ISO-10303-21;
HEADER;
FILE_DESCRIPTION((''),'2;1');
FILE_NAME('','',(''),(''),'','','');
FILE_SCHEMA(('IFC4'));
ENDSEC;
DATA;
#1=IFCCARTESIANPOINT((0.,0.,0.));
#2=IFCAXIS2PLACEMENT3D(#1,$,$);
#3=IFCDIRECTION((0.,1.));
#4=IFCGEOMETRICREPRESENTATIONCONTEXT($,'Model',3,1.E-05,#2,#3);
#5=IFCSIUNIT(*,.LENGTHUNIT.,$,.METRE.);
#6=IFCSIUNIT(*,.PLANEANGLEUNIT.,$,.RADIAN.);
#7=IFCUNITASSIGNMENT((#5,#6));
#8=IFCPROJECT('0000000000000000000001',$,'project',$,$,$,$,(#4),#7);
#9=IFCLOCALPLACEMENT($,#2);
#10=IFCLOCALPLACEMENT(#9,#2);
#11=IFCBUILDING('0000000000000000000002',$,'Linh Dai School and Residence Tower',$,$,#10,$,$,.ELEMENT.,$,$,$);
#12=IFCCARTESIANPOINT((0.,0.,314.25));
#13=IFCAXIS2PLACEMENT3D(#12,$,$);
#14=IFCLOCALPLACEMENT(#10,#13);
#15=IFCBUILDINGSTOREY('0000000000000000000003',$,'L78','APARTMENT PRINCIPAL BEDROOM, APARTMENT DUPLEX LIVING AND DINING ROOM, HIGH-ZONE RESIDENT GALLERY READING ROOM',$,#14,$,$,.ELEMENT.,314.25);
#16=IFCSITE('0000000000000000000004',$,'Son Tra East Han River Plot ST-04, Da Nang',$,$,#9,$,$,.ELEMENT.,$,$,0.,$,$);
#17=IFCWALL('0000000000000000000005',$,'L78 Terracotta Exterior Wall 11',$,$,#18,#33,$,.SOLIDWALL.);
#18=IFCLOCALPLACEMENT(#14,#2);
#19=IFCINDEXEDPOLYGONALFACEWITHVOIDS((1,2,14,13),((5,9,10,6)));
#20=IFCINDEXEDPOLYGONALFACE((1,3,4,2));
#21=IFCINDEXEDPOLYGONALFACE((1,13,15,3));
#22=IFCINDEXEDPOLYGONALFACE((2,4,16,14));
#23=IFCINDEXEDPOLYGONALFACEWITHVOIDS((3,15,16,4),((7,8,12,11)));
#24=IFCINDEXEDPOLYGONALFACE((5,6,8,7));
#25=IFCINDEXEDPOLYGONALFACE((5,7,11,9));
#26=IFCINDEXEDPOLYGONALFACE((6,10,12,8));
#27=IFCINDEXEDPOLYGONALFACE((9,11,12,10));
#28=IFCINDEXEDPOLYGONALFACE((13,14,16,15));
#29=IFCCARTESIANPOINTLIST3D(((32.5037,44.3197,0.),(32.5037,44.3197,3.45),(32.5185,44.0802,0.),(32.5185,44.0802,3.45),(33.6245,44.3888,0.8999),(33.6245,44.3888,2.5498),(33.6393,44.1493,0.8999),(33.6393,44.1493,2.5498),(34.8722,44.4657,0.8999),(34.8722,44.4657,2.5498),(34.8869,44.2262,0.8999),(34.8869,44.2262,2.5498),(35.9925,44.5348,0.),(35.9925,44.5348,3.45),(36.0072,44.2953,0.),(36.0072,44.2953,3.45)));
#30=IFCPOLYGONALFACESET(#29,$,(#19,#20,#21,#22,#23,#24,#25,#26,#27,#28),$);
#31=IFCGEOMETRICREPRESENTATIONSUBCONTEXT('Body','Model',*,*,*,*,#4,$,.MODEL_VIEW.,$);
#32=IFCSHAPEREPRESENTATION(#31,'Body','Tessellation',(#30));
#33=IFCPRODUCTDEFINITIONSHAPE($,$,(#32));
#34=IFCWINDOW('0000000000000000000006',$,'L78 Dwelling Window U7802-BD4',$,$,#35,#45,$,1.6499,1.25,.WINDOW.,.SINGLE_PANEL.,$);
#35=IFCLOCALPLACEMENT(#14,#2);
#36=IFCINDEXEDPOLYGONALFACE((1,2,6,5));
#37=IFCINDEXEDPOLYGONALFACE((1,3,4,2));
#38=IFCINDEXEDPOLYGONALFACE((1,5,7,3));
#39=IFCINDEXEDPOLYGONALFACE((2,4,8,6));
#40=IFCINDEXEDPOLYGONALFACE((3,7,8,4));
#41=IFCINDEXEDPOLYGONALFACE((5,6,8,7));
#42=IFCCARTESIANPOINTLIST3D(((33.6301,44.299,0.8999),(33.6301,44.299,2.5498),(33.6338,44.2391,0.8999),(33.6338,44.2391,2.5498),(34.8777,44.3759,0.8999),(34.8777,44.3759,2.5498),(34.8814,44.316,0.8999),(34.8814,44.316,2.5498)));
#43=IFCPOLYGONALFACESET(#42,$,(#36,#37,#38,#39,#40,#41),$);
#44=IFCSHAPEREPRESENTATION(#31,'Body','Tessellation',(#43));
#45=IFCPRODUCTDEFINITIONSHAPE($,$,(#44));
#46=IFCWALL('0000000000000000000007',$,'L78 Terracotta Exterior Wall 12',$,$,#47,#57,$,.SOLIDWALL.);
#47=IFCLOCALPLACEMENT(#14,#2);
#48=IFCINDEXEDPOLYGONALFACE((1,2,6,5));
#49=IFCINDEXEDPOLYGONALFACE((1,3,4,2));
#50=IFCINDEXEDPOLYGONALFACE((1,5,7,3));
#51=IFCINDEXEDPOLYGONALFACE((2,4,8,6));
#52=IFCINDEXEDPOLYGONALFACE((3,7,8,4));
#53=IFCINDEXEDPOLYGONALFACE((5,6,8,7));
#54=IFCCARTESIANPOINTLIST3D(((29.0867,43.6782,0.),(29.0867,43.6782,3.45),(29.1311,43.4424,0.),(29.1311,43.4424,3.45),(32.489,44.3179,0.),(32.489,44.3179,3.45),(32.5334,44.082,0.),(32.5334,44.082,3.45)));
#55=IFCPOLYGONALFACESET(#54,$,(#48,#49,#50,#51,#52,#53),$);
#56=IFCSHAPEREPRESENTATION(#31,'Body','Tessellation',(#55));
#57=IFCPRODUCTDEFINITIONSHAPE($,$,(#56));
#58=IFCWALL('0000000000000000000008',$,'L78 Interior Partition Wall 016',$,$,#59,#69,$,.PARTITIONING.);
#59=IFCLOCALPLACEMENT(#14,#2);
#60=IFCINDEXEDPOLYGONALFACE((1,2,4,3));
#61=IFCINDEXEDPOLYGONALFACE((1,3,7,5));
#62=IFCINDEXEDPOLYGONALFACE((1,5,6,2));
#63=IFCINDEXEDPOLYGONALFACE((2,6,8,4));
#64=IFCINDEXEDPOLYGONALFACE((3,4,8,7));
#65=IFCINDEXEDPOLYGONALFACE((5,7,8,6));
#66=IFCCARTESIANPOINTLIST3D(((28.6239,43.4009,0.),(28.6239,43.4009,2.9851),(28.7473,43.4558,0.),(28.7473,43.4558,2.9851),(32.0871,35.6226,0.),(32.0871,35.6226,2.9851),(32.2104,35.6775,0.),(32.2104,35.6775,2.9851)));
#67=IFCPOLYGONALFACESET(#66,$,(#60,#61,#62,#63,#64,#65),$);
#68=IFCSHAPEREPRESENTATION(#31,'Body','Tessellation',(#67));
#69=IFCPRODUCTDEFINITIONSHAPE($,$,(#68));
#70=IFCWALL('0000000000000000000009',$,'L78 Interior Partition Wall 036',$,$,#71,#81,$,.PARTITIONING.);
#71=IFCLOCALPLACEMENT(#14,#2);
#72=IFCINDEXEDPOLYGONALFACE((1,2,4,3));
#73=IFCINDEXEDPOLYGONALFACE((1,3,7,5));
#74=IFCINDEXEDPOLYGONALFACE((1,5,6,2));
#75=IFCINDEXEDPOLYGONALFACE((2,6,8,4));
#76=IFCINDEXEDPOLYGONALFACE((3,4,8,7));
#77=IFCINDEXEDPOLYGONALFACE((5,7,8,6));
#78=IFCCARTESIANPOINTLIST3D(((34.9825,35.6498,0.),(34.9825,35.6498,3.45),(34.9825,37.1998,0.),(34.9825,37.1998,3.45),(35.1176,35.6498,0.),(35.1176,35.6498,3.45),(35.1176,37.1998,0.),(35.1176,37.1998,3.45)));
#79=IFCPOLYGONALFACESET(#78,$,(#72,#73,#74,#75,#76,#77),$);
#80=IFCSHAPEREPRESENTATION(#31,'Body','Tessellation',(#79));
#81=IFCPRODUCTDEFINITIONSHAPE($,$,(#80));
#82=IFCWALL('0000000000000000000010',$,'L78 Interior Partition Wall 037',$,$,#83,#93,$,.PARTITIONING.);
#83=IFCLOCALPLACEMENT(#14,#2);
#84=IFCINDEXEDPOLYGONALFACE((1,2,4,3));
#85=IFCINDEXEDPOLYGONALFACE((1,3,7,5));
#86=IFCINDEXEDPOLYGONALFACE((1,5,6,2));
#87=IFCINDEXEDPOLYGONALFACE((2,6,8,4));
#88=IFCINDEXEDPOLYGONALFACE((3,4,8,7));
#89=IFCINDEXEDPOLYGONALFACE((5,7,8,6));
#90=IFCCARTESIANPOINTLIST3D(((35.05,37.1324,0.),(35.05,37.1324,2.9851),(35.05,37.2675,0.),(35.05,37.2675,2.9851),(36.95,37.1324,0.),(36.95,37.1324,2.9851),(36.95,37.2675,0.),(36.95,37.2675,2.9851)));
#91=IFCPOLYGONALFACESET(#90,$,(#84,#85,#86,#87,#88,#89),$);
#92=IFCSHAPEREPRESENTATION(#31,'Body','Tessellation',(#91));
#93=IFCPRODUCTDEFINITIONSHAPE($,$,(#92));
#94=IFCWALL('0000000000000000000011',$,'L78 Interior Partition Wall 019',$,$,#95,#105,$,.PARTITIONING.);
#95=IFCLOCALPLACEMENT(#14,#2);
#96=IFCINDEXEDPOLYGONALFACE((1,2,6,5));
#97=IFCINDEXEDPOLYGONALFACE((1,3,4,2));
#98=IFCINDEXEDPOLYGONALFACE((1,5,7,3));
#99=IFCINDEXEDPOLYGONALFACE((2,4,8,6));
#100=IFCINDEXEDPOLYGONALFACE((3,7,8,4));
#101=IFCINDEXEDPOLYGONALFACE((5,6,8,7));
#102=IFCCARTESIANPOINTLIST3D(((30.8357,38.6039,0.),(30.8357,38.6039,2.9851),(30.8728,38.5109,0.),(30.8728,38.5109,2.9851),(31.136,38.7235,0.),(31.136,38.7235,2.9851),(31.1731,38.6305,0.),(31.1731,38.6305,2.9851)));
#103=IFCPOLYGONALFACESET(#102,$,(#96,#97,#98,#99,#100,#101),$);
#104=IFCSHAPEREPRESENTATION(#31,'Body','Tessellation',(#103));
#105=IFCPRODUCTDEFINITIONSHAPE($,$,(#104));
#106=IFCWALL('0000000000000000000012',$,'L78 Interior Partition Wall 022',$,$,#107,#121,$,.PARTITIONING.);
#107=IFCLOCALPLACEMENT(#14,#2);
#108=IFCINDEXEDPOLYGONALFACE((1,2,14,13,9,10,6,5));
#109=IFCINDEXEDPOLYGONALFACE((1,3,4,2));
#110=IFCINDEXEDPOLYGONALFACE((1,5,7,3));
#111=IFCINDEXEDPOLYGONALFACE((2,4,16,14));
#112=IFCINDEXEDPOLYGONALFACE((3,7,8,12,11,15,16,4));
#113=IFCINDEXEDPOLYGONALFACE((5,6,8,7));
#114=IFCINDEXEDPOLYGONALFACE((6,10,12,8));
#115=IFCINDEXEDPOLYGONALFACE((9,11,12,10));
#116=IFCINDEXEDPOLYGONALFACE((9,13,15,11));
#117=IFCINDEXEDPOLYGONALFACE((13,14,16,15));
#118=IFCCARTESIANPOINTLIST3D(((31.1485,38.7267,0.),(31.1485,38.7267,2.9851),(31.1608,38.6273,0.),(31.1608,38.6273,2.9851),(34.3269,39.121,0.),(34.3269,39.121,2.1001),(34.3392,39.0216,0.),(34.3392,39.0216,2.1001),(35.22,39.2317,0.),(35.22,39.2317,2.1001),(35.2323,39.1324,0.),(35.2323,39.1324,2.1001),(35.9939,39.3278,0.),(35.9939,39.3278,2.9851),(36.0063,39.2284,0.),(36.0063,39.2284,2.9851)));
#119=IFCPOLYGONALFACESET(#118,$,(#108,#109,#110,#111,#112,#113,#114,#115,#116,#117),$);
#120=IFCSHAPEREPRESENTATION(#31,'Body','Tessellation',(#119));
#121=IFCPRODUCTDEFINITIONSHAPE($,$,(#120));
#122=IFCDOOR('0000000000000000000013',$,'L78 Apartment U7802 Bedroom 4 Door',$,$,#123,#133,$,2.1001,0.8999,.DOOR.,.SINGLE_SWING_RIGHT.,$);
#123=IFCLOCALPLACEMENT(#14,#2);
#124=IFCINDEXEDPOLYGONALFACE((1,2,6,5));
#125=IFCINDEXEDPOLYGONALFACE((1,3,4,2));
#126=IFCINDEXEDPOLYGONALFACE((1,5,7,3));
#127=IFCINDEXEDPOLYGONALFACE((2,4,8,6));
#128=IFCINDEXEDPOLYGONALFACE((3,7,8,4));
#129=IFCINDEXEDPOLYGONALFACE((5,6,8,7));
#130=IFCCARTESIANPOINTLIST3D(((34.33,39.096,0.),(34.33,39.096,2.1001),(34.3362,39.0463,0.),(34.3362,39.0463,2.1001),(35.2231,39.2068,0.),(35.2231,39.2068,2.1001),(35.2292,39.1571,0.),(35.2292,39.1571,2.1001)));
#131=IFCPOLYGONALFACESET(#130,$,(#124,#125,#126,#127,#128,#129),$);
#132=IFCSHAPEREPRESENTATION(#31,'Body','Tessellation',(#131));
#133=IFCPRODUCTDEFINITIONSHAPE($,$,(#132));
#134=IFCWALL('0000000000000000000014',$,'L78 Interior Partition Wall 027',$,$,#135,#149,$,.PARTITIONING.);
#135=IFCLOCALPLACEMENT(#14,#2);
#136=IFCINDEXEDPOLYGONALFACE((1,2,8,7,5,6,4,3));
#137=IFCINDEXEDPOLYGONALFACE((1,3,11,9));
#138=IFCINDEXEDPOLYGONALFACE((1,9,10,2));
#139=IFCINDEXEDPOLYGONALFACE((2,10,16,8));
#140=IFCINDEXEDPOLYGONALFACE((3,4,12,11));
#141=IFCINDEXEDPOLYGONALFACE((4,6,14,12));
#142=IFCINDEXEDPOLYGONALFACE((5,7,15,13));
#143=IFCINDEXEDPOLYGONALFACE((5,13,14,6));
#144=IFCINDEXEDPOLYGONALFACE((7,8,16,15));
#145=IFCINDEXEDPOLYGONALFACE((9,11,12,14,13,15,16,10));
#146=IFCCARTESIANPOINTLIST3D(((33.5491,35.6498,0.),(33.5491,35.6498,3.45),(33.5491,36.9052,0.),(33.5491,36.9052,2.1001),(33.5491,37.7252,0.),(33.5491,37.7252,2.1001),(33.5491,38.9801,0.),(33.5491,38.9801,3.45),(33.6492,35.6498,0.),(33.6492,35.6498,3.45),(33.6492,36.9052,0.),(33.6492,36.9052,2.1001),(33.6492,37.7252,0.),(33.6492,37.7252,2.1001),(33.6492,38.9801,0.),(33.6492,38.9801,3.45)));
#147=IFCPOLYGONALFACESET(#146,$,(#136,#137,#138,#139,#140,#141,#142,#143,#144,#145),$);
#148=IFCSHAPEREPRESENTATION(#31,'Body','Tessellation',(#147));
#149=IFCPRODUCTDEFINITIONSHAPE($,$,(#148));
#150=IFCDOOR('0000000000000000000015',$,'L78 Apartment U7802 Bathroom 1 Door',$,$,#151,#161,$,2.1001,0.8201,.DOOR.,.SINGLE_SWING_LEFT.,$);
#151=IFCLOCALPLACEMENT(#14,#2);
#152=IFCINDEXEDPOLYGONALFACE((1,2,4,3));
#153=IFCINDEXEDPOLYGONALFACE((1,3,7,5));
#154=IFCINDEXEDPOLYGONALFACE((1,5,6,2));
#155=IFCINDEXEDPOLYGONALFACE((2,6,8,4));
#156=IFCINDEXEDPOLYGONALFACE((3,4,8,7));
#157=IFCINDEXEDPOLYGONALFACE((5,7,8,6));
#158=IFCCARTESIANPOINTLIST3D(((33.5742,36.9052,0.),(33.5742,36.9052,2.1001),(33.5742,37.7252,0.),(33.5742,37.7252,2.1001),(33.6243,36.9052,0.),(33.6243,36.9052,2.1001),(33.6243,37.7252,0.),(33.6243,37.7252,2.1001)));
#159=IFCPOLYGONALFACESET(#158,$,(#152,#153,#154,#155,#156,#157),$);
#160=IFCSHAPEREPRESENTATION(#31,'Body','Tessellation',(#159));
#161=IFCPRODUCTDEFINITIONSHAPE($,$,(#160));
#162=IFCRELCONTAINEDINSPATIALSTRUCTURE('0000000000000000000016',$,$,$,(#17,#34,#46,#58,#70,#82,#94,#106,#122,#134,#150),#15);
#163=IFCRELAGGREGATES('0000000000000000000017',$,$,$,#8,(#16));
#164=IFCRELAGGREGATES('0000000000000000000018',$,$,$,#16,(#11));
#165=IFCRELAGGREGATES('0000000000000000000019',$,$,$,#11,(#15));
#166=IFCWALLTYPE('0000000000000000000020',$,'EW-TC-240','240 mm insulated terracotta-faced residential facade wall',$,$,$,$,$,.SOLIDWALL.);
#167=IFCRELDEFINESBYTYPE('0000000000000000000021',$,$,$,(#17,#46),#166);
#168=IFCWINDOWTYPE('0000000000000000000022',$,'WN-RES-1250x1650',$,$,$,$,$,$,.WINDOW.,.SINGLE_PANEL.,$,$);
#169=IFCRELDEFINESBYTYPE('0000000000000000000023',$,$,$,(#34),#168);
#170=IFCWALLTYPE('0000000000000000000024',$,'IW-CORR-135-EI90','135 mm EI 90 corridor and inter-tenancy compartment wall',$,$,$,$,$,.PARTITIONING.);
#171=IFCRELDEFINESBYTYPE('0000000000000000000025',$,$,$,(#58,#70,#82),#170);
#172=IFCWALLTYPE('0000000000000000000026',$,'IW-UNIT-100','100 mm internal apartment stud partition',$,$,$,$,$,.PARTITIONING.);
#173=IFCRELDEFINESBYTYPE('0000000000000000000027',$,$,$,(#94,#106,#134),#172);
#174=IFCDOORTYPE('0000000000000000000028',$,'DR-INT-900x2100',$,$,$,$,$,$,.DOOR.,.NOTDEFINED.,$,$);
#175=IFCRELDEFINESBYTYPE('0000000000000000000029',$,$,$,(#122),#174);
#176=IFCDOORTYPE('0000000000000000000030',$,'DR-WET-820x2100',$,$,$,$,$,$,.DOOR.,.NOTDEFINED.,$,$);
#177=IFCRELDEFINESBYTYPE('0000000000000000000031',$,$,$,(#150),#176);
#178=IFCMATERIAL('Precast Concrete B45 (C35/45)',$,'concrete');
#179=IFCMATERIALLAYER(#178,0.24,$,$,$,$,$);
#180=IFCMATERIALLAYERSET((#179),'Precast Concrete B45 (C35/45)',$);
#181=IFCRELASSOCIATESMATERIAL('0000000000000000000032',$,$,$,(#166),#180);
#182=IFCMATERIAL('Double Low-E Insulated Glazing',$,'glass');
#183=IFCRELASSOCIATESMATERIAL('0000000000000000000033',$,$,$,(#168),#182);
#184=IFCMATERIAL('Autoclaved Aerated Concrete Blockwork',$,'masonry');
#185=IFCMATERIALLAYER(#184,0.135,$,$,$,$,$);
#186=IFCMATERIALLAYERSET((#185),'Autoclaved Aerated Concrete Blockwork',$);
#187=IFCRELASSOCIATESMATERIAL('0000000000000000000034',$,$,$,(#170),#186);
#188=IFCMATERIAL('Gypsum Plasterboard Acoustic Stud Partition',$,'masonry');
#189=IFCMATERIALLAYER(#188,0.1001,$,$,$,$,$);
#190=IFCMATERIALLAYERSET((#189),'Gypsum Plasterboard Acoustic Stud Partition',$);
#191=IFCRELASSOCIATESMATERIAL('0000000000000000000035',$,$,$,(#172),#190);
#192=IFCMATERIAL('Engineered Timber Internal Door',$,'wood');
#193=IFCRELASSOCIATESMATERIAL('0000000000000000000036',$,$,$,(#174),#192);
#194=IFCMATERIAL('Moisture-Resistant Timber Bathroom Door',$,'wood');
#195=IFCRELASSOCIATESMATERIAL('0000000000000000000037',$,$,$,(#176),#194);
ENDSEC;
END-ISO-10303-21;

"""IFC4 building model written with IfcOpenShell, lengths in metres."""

from ifc_helpers import new_model, si_unit, direction, frame, frame_2d, origin, origin_2d, place, context, subcontext, project, spatial, rectangle, extrude, source, transform, mapped, material, layer, layer_set, type_object, element, fill, save


model = new_model("IFC4")

# Units and contexts
model_context = context("Model", 3, precision=1e-05, world=origin(), true_north=direction((0.0, 1.0)))
body_context = subcontext(model_context, "Body", "Model", "MODEL_VIEW")
ifc_project = project(units=[si_unit("LENGTHUNIT", "METRE"), si_unit("PLANEANGLEUNIT", "RADIAN")], contexts=[model_context])

# Site, building, storey
site_placement = place(None, origin())
site = spatial("IfcSite", under=ifc_project, at=site_placement, Name="Son Tra East Han River Plot ST-04, Da Nang", CompositionType="ELEMENT", RefElevation=0.0)
building_placement = place(site_placement, origin())
building = spatial("IfcBuilding", under=site, at=building_placement, Name="Linh Dai School and Residence Tower", CompositionType="ELEMENT")
storey_placement = place(building_placement, frame((0.0, 0.0, 314.25)))
storey = spatial("IfcBuildingStorey", under=building, at=storey_placement, Name="L78", Description="APARTMENT PRINCIPAL BEDROOM, APARTMENT DUPLEX LIVING AND DINING ROOM, HIGH-ZONE RESIDENT GALLERY READING ROOM", CompositionType="ELEMENT", Elevation=314.25)

# Wall, opening, window
ifc_material_1 = material(Name="Precast Concrete B45 (C35/45)", Category="concrete")
ifc_layer_1 = layer(ifc_material_1, 0.24)
ifc_layer_set_1 = layer_set([ifc_layer_1], Name="Precast Concrete B45 (C35/45)")
wall_type_1 = type_object("IfcWallType", Name="EW-TC-240", Description="240 mm insulated terracotta-faced residential facade wall", PredefinedType="SOLIDWALL", material=ifc_layer_set_1)
wall_1_placement = place(storey_placement, frame((32.5112, 44.2, 0.0), z_axis=(0.0, 0.0, 1.0), x_axis=(0.998105, 0.061535, 0.0)))
wall_1 = element("IfcWall", 1, at=wall_1_placement, inside=storey, type_object=wall_type_1, Name="L78 Terracotta Exterior Wall 11", PredefinedType="SOLIDWALL", context=body_context, shape_type="SweptSolid", body=[
    extrude(rectangle(XDim=3.4954, YDim=0.24, at=frame_2d((1.7476, 0.0))), origin(), (0.0, 0.0, 1.0), 3.45),
])
opening_1_placement = place(wall_1_placement, frame((1.1228, 0.0, 0.8999)))
opening_1 = element("IfcOpeningElement", 2, at=opening_1_placement, cuts=wall_1, PredefinedType="OPENING", context=body_context, shape_type="SweptSolid", body=[
    extrude(rectangle(XDim=1.25, YDim=1.6499, at=origin_2d()), frame((0.625, 0.1299, 0.825), z_axis=(0.0, -1.0, 0.0), x_axis=(1.0, 0.0, 0.0)), (0.0, 0.0, 1.0), 0.26),
])
ifc_material_2 = material(Name="Double Low-E Insulated Glazing", Category="glass")
window_type = type_object("IfcWindowType", Name="WN-RES-1250x1650", PartitioningType="SINGLE_PANEL", PredefinedType="WINDOW", material=ifc_material_2)
shared_shape_1 = source(origin(), body_context, "Body", "SweptSolid", [
    extrude(rectangle(XDim=1.25, YDim=1.6499, at=origin_2d()), frame((0.625, 0.03, 0.825), z_axis=(0.0, -1.0, 0.0), x_axis=(1.0, 0.0, 0.0)), (0.0, 0.0, 1.0), 0.0601),
])
window_placement = place(opening_1_placement, origin())
window = element("IfcWindow", 3, at=window_placement, inside=storey, type_object=window_type, Name="L78 Dwelling Window U7802-BD4", OverallHeight=1.6499, OverallWidth=1.25, PartitioningType="SINGLE_PANEL", PredefinedType="WINDOW", context=body_context, shape_type="MappedRepresentation", body=[
    mapped(shared_shape_1, transform((0.0, 0.0, 0.0), x_axis=(1.0, 0.0, 0.0), y_axis=(0.0, 1.0, 0.0), z_axis=(0.0, 0.0, 1.0), scale=1.0)),
])
fill(opening_1, window)

# Walls
wall_2_placement = place(storey_placement, frame((29.1089, 43.5603, 0.0), z_axis=(0.0, 0.0, 1.0), x_axis=(0.982783, 0.184765, 0.0)))
element("IfcWall", 4, at=wall_2_placement, inside=storey, type_object=wall_type_1, Name="L78 Terracotta Exterior Wall 12", PredefinedType="SOLIDWALL", context=body_context, shape_type="SweptSolid", body=[
    extrude(rectangle(XDim=3.4619, YDim=0.24, at=frame_2d((1.731, 0.0))), origin(), (0.0, 0.0, 1.0), 3.45),
])
ifc_material_3 = material(Name="Autoclaved Aerated Concrete Blockwork", Category="masonry")
ifc_layer_2 = layer(ifc_material_3, 0.135)
ifc_layer_set_2 = layer_set([ifc_layer_2], Name="Autoclaved Aerated Concrete Blockwork")
wall_type_2 = type_object("IfcWallType", Name="IW-CORR-135-EI90", Description="135 mm EI 90 corridor and inter-tenancy compartment wall", PredefinedType="PARTITIONING", material=ifc_layer_set_2)
wall_3_placement = place(storey_placement, frame((28.6855, 43.4285, 0.0), z_axis=(0.0, 0.0, 1.0), x_axis=(0.406737, -0.913545, 0.0)))
element("IfcWall", 5, at=wall_3_placement, inside=storey, type_object=wall_type_2, Name="L78 Interior Partition Wall 016", PredefinedType="PARTITIONING", context=body_context, shape_type="SweptSolid", body=[
    extrude(rectangle(XDim=8.5144, YDim=0.135, at=frame_2d((4.2573, 0.0))), origin(), (0.0, 0.0, 1.0), 2.9851),
])
wall_4_placement = place(storey_placement, frame((35.05, 35.6499, 0.0), z_axis=(0.0, 0.0, 1.0), x_axis=(0.0, 1.0, 0.0)))
element("IfcWall", 6, at=wall_4_placement, inside=storey, type_object=wall_type_2, Name="L78 Interior Partition Wall 036", PredefinedType="PARTITIONING", context=body_context, shape_type="SweptSolid", body=[
    extrude(rectangle(XDim=1.55, YDim=0.135, at=frame_2d((0.7749, 0.0))), origin(), (0.0, 0.0, 1.0), 3.45),
])
wall_5_placement = place(storey_placement, frame((35.05, 37.2, 0.0), z_axis=(0.0, 0.0, 1.0), x_axis=(1.0, 0.0, 0.0)))
element("IfcWall", 7, at=wall_5_placement, inside=storey, type_object=wall_type_2, Name="L78 Interior Partition Wall 037", PredefinedType="PARTITIONING", context=body_context, shape_type="SweptSolid", body=[
    extrude(rectangle(XDim=1.8999, YDim=0.135, at=frame_2d((0.95, 0.0))), origin(), (0.0, 0.0, 1.0), 2.9851),
])
ifc_material_4 = material(Name="Gypsum Plasterboard Acoustic Stud Partition", Category="masonry")
ifc_layer_3 = layer(ifc_material_4, 0.1001)
ifc_layer_set_3 = layer_set([ifc_layer_3], Name="Gypsum Plasterboard Acoustic Stud Partition")
wall_type_3 = type_object("IfcWallType", Name="IW-UNIT-100", Description="100 mm internal apartment stud partition", PredefinedType="PARTITIONING", material=ifc_layer_set_3)
wall_6_placement = place(storey_placement, frame((30.8542, 38.5574, 0.0), z_axis=(0.0, 0.0, 1.0), x_axis=(0.928997, 0.370088, 0.0)))
element("IfcWall", 8, at=wall_6_placement, inside=storey, type_object=wall_type_3, Name="L78 Interior Partition Wall 019", PredefinedType="PARTITIONING", context=body_context, shape_type="SweptSolid", body=[
    extrude(rectangle(XDim=0.3232, YDim=0.1001, at=frame_2d((0.1616, 0.0))), origin(), (0.0, 0.0, 1.0), 2.9851),
])

# Walls, openings, doors
wall_7_placement = place(storey_placement, frame((31.1545, 38.677, 0.0), z_axis=(0.0, 0.0, 1.0), x_axis=(0.992394, 0.123105, 0.0)))
wall_7 = element("IfcWall", 9, at=wall_7_placement, inside=storey, type_object=wall_type_3, Name="L78 Interior Partition Wall 022", PredefinedType="PARTITIONING", context=body_context, shape_type="SweptSolid", body=[
    extrude(rectangle(XDim=4.8826, YDim=0.1001, at=frame_2d((2.4414, 0.0))), origin(), (0.0, 0.0, 1.0), 2.9851),
])
opening_2_placement = place(wall_7_placement, frame((3.2029, 0.0, 0.0)))
opening_2 = element("IfcOpeningElement", 10, at=opening_2_placement, cuts=wall_7, PredefinedType="OPENING", context=body_context, shape_type="SweptSolid", body=[
    extrude(rectangle(XDim=0.8999, YDim=2.1001, at=origin_2d()), frame((0.45, 0.0601, 1.05), z_axis=(0.0, -1.0, 0.0), x_axis=(1.0, 0.0, 0.0)), (0.0, 0.0, 1.0), 0.1201),
])
ifc_material_5 = material(Name="Engineered Timber Internal Door", Category="wood")
door_type_1 = type_object("IfcDoorType", Name="DR-INT-900x2100", OperationType="NOTDEFINED", PredefinedType="DOOR", material=ifc_material_5)
shared_shape_2 = source(origin(), body_context, "Body", "SweptSolid", [
    extrude(rectangle(XDim=0.8999, YDim=2.1001, at=origin_2d()), frame((0.45, 0.0249, 1.05), z_axis=(0.0, -1.0, 0.0), x_axis=(1.0, 0.0, 0.0)), (0.0, 0.0, 1.0), 0.05),
])
door_1_placement = place(opening_2_placement, origin())
door_1 = element("IfcDoor", 11, at=door_1_placement, inside=storey, type_object=door_type_1, Name="L78 Apartment U7802 Bedroom 4 Door", OperationType="SINGLE_SWING_RIGHT", OverallHeight=2.1001, OverallWidth=0.8999, PredefinedType="DOOR", context=body_context, shape_type="MappedRepresentation", body=[
    mapped(shared_shape_2, transform((0.0, 0.0, 0.0), x_axis=(1.0, 0.0, 0.0), y_axis=(0.0, 1.0, 0.0), z_axis=(0.0, 0.0, 1.0), scale=1.0)),
])
fill(opening_2, door_1)
wall_8_placement = place(storey_placement, frame((33.5991, 35.6499, 0.0), z_axis=(0.0, 0.0, 1.0), x_axis=(0.0, 1.0, 0.0)))
wall_8 = element("IfcWall", 12, at=wall_8_placement, inside=storey, type_object=wall_type_3, Name="L78 Interior Partition Wall 027", PredefinedType="PARTITIONING", context=body_context, shape_type="SweptSolid", body=[
    extrude(rectangle(XDim=3.3303, YDim=0.1001, at=frame_2d((1.665, 0.0))), origin(), (0.0, 0.0, 1.0), 3.45),
])
opening_3_placement = place(wall_8_placement, frame((1.2551, 0.0, 0.0)))
opening_3 = element("IfcOpeningElement", 13, at=opening_3_placement, cuts=wall_8, PredefinedType="OPENING", context=body_context, shape_type="SweptSolid", body=[
    extrude(rectangle(XDim=0.8201, YDim=2.1001, at=origin_2d()), frame((0.4102, 0.0601, 1.05), z_axis=(0.0, -1.0, 0.0), x_axis=(1.0, 0.0, 0.0)), (0.0, 0.0, 1.0), 0.1201),
])
ifc_material_6 = material(Name="Moisture-Resistant Timber Bathroom Door", Category="wood")
door_type_2 = type_object("IfcDoorType", Name="DR-WET-820x2100", OperationType="NOTDEFINED", PredefinedType="DOOR", material=ifc_material_6)
shared_shape_3 = source(origin(), body_context, "Body", "SweptSolid", [
    extrude(rectangle(XDim=0.8201, YDim=2.1001, at=origin_2d()), frame((0.4102, 0.0249, 1.05), z_axis=(0.0, -1.0, 0.0), x_axis=(1.0, 0.0, 0.0)), (0.0, 0.0, 1.0), 0.05),
])
door_2_placement = place(opening_3_placement, origin())
door_2 = element("IfcDoor", 14, at=door_2_placement, inside=storey, type_object=door_type_2, Name="L78 Apartment U7802 Bathroom 1 Door", OperationType="SINGLE_SWING_LEFT", OverallHeight=2.1001, OverallWidth=0.8201, PredefinedType="DOOR", context=body_context, shape_type="MappedRepresentation", body=[
    mapped(shared_shape_3, transform((0.0, 0.0, 0.0), x_axis=(1.0, 0.0, 0.0), y_axis=(0.0, 1.0, 0.0), z_axis=(0.0, 0.0, 1.0), scale=1.0)),
])
fill(opening_3, door_2)

save(model, "model.ifc")
